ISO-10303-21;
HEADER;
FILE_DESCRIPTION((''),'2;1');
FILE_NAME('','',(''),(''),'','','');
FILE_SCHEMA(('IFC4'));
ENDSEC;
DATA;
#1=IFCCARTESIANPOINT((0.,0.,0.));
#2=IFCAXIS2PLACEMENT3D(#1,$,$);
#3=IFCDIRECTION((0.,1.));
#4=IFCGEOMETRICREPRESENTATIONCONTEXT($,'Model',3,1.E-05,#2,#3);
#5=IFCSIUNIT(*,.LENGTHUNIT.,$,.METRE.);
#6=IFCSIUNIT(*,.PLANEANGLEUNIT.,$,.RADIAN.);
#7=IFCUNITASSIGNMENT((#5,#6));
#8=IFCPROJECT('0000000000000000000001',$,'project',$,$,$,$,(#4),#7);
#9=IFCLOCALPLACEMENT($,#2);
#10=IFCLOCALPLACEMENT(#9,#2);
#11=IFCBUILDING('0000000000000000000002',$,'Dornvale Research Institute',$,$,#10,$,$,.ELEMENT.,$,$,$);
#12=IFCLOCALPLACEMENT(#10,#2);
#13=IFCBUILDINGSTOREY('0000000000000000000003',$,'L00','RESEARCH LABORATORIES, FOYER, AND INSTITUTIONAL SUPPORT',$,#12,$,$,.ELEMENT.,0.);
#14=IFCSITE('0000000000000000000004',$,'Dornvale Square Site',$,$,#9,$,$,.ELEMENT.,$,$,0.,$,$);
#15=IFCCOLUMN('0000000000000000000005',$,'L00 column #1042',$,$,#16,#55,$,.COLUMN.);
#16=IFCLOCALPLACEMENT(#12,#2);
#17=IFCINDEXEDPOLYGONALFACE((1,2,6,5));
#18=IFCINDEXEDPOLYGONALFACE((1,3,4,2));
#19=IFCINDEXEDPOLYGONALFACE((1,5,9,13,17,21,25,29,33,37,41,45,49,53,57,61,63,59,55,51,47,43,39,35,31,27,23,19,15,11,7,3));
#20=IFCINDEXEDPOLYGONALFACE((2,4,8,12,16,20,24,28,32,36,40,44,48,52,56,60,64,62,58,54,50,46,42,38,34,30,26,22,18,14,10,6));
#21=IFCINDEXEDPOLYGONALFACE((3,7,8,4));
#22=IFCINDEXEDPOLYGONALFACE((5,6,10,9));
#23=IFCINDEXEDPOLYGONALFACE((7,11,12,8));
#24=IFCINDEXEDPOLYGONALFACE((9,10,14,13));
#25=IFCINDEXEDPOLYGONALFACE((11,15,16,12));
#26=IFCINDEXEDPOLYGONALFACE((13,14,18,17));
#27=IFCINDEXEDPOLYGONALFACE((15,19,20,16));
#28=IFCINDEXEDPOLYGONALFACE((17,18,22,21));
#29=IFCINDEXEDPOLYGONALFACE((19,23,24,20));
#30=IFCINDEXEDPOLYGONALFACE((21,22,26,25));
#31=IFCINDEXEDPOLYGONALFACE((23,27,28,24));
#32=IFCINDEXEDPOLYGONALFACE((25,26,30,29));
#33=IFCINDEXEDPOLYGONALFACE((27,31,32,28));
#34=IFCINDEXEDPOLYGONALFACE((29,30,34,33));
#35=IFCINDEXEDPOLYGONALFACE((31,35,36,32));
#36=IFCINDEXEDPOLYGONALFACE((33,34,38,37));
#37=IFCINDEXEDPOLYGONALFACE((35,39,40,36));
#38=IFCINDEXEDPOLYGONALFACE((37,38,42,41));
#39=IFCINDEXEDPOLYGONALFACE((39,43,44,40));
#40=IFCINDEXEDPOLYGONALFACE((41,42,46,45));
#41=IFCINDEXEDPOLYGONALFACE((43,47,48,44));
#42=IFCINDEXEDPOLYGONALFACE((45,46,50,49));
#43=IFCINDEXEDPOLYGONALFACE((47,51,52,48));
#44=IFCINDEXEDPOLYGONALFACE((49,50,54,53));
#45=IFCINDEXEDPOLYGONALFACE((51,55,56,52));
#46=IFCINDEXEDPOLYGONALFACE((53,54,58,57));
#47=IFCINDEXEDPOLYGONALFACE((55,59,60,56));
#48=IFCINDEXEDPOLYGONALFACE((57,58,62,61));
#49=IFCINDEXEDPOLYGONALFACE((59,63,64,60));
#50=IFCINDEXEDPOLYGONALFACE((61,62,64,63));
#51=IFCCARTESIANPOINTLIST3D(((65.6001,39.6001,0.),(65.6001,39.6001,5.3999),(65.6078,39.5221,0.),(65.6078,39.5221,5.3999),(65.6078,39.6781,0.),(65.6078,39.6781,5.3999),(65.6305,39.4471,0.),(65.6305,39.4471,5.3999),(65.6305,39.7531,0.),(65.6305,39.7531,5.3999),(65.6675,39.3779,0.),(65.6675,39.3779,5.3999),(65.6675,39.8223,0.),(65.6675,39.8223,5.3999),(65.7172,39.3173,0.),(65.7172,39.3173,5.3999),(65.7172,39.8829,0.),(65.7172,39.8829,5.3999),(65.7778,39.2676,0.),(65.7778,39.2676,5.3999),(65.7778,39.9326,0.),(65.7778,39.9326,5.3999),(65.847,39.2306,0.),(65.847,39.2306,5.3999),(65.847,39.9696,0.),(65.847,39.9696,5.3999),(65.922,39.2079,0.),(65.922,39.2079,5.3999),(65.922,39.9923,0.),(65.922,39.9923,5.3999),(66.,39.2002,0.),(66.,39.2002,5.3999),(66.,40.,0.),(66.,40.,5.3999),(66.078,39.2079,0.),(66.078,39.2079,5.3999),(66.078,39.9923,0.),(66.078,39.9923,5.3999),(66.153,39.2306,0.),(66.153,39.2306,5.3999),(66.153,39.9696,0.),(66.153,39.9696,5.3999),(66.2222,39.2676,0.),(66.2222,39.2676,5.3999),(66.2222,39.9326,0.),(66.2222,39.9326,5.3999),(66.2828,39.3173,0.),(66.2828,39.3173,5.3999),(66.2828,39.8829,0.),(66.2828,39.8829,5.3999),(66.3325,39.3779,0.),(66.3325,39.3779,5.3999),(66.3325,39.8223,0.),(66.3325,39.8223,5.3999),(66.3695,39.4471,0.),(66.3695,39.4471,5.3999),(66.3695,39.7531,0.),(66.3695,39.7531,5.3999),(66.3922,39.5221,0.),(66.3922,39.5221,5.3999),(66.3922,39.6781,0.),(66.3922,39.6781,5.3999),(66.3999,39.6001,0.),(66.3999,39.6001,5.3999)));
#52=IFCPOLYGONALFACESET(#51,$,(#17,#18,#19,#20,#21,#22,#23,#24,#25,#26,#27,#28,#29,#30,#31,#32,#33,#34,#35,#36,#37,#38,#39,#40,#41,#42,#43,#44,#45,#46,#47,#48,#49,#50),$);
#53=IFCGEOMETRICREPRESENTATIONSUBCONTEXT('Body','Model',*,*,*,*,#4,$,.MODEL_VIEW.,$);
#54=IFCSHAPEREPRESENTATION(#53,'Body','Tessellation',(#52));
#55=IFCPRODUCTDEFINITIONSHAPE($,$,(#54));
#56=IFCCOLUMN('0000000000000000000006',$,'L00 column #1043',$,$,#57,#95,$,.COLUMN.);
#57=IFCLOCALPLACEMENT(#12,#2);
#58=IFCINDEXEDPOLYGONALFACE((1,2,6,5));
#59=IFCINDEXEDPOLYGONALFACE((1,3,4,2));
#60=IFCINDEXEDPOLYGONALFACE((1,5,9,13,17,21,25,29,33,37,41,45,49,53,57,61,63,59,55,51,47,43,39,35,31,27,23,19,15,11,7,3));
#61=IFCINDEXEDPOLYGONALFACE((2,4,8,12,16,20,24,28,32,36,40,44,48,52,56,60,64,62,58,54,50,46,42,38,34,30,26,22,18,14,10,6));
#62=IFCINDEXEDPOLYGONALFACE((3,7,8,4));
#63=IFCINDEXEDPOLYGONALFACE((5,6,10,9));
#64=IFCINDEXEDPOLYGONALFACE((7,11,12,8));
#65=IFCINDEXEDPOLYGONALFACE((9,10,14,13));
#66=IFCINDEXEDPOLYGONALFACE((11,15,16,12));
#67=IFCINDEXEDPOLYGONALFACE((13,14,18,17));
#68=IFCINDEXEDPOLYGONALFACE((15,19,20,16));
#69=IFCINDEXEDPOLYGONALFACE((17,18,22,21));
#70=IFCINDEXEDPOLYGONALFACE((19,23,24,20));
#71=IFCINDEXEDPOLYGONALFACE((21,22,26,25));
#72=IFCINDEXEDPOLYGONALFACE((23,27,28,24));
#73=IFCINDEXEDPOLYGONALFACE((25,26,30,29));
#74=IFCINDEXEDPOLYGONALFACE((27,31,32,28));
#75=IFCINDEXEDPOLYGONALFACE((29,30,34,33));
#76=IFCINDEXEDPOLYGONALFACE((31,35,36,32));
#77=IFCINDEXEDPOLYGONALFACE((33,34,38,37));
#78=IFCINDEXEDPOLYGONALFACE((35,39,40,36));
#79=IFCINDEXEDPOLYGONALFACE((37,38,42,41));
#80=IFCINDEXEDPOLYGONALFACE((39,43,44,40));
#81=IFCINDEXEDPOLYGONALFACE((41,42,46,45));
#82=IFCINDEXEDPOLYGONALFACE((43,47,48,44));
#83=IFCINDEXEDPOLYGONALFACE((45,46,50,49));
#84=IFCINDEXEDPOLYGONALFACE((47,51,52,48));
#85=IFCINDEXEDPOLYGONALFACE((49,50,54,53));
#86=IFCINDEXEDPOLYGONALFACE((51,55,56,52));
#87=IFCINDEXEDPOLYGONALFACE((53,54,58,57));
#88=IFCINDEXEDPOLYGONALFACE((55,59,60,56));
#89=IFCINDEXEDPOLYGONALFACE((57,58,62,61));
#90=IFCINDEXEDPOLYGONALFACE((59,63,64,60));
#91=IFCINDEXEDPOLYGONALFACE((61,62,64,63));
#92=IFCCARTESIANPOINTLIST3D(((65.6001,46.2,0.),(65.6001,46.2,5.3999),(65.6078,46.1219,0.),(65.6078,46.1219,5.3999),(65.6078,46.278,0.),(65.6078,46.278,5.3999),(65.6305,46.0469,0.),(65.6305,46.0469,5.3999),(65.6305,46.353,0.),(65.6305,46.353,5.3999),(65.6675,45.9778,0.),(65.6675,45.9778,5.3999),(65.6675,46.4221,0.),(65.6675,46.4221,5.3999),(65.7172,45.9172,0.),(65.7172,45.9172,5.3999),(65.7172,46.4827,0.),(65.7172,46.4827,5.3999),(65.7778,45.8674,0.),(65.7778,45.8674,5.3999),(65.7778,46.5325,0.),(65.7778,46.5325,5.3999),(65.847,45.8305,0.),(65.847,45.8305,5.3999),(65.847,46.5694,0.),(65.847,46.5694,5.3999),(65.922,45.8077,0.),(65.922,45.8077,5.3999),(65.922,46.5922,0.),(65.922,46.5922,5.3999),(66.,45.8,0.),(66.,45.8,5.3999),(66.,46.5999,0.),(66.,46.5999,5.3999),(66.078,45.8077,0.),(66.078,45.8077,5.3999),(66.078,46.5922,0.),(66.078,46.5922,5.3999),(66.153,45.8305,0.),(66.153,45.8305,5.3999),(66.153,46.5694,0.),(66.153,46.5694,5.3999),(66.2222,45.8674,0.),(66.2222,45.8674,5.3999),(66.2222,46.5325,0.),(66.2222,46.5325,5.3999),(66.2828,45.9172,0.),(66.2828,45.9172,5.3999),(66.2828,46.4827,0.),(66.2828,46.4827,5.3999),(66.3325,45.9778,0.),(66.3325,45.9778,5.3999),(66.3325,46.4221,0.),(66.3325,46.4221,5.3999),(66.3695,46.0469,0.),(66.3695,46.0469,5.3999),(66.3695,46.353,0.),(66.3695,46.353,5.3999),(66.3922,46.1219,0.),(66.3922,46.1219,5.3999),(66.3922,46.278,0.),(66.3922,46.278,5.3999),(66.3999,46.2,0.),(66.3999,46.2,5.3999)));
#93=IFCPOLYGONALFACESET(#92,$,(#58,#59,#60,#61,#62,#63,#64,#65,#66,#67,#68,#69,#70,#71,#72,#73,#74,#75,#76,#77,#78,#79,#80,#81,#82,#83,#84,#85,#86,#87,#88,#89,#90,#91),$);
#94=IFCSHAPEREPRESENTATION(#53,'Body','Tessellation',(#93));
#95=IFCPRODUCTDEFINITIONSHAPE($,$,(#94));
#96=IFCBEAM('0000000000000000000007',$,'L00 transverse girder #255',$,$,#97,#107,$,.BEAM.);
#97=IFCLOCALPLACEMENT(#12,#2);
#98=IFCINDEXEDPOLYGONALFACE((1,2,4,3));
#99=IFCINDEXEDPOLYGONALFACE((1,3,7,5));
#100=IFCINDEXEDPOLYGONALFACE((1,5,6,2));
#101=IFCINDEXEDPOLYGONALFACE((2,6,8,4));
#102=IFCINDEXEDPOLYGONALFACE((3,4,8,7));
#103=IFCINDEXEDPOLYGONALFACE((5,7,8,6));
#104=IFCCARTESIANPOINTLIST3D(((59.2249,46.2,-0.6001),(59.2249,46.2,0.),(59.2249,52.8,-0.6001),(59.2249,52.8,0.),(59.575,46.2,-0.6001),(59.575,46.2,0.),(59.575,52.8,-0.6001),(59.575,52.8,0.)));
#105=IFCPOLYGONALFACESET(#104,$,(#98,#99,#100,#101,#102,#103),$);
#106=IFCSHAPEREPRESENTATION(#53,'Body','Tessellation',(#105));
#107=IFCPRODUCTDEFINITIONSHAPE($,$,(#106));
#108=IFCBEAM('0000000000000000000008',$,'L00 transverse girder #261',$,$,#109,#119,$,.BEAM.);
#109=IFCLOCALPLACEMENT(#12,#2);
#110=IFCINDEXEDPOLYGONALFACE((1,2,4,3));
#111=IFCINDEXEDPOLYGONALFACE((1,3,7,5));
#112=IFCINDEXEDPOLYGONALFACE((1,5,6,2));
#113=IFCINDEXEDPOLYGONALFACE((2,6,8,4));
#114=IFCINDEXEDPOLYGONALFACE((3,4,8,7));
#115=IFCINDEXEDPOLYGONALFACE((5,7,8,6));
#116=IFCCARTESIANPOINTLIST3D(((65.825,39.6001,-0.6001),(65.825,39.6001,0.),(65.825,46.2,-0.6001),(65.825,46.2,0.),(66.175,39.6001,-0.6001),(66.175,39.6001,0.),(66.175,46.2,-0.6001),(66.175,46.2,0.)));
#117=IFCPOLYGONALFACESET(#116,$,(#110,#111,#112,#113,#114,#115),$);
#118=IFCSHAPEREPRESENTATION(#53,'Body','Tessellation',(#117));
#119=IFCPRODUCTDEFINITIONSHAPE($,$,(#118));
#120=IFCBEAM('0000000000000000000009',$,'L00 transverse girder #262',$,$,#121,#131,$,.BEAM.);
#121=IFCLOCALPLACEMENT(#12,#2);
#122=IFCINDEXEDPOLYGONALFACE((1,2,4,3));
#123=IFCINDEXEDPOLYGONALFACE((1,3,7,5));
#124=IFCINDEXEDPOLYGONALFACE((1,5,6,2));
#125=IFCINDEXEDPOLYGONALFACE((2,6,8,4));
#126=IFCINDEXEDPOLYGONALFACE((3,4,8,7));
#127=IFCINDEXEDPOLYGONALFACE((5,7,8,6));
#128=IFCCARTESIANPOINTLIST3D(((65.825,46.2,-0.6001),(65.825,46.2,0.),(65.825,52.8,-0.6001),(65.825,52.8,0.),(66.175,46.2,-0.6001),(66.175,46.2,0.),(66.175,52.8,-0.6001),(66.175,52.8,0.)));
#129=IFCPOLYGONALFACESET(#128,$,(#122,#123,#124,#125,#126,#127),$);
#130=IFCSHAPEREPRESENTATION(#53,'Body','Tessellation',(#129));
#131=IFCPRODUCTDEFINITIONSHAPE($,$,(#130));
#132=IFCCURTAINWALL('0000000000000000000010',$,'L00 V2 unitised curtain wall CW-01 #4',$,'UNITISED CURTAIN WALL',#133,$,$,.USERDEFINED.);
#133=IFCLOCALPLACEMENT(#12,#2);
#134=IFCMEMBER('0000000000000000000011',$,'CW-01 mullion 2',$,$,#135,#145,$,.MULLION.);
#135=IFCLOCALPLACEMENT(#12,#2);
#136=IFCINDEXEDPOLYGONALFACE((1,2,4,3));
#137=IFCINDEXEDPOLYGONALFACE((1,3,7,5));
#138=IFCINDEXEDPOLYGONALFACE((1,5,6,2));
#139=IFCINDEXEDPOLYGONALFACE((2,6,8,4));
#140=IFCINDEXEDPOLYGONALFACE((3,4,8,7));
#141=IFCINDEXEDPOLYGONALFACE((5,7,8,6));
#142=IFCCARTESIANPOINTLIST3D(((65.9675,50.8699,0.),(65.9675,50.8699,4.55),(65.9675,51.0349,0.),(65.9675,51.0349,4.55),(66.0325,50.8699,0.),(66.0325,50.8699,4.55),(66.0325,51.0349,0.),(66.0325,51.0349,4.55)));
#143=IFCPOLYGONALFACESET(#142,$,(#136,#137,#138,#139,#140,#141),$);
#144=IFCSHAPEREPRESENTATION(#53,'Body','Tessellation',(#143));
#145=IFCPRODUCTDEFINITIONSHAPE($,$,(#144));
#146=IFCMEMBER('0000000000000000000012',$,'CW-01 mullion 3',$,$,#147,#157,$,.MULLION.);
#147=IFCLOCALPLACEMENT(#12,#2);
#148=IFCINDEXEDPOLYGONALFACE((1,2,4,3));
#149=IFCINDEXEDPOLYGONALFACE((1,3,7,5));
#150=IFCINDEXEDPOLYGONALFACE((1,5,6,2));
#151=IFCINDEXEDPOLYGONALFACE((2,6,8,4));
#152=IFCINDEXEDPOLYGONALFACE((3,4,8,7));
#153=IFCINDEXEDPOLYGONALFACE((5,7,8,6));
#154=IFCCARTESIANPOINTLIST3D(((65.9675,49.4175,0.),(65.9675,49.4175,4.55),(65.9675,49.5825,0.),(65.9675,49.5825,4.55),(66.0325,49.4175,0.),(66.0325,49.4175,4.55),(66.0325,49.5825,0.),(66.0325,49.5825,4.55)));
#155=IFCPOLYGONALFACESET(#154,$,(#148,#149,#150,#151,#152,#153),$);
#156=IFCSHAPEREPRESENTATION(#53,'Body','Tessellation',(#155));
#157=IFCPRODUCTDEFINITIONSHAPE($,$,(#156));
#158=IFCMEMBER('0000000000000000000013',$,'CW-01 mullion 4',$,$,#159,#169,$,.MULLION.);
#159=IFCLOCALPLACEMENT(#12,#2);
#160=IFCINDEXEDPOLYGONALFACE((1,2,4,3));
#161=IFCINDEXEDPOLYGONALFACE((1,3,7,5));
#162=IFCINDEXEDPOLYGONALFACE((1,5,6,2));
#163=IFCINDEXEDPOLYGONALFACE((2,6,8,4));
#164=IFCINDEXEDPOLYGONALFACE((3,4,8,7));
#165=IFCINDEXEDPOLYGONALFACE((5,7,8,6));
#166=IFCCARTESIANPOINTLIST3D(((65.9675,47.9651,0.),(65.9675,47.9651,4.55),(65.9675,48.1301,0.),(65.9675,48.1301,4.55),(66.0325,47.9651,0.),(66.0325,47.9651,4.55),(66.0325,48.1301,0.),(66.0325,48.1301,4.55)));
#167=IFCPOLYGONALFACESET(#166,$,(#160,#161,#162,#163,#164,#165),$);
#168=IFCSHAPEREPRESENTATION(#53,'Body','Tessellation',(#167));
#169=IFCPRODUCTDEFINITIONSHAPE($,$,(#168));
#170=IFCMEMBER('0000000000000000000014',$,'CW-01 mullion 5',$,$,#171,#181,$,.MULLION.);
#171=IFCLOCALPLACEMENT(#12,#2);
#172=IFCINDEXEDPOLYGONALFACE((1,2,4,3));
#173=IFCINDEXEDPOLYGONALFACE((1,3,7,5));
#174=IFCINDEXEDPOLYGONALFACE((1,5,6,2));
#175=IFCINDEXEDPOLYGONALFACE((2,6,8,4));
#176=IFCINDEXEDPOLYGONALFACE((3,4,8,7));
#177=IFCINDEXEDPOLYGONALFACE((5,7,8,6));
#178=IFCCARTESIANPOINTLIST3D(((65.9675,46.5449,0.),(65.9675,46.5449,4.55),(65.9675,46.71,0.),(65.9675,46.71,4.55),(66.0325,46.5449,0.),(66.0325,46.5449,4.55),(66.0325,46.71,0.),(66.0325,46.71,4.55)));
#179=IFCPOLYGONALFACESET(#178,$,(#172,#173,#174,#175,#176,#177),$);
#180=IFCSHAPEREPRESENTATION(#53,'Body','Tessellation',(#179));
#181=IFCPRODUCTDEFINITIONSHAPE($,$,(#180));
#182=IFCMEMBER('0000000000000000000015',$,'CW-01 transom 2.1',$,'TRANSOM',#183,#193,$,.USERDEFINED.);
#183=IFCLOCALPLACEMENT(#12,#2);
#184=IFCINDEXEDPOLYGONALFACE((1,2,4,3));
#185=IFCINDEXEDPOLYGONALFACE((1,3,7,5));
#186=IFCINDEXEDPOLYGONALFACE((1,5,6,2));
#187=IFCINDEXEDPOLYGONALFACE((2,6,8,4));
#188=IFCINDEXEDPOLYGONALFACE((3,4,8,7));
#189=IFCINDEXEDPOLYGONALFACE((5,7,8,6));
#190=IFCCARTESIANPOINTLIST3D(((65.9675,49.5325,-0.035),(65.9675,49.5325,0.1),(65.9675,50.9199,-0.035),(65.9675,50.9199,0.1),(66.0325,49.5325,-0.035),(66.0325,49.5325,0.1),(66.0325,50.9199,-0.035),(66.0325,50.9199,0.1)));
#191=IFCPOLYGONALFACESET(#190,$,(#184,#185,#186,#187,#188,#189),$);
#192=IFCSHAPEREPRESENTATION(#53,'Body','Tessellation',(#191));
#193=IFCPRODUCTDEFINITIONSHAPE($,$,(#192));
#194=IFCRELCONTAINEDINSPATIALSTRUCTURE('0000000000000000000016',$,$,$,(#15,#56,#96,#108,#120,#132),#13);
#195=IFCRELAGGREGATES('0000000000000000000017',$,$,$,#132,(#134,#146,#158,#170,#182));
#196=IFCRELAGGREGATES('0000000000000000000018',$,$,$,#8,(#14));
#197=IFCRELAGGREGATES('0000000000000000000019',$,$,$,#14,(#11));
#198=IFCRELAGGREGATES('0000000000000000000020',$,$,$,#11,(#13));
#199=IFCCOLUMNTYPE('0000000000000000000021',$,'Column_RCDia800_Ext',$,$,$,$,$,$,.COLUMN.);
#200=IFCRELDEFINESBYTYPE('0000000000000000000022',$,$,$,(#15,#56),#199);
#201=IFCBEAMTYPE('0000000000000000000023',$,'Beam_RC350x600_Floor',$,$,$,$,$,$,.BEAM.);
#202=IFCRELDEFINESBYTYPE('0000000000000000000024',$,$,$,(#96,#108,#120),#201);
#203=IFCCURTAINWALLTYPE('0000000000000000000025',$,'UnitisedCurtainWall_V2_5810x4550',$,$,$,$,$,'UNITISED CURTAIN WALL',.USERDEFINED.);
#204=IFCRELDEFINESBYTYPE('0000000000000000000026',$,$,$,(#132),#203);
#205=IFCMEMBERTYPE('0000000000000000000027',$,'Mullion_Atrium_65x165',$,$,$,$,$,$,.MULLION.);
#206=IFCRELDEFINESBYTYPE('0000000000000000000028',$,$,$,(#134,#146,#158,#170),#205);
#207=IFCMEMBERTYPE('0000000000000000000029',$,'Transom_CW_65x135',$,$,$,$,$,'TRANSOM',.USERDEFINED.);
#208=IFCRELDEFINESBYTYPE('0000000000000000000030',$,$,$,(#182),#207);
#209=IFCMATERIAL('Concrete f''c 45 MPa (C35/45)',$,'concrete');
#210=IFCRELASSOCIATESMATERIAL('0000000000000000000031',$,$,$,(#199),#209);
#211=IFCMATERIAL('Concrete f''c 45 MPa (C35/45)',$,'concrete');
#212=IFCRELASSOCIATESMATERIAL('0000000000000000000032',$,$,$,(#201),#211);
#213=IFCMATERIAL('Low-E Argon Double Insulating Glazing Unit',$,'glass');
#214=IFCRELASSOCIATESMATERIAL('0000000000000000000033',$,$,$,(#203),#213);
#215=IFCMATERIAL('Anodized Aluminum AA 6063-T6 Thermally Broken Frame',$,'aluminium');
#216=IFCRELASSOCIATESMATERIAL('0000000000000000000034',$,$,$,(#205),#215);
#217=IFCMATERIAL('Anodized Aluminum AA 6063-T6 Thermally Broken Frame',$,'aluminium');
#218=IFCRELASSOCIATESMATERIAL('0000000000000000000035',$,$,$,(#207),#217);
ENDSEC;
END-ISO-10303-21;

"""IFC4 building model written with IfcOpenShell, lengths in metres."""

from ifc_helpers import new_model, si_unit, direction, frame, origin, origin_2d, place, context, subcontext, project, spatial, rectangle, circle, extrude, material, material_profile, profile_set, type_object, element, aggregate, save


model = new_model("IFC4")

# Units and contexts
model_context = context("Model", 3, precision=1e-05, world=origin(), true_north=direction((0.0, 1.0)))
body_context = subcontext(model_context, "Body", "Model", "MODEL_VIEW")
ifc_project = project(units=[si_unit("LENGTHUNIT", "METRE"), si_unit("PLANEANGLEUNIT", "RADIAN")], contexts=[model_context])

# Site, building, storey
site_placement = place(None, origin())
site = spatial("IfcSite", under=ifc_project, at=site_placement, Name="Dornvale Square Site", CompositionType="ELEMENT", RefElevation=0.0)
building_placement = place(site_placement, origin())
building = spatial("IfcBuilding", under=site, at=building_placement, Name="Dornvale Research Institute", CompositionType="ELEMENT")
storey_placement = place(building_placement, origin())
storey = spatial("IfcBuildingStorey", under=building, at=storey_placement, Name="L00", Description="RESEARCH LABORATORIES, FOYER, AND INSTITUTIONAL SUPPORT", CompositionType="ELEMENT", Elevation=0.0)

# Columns
ifc_material_1 = material(Name="Concrete f'c 45 MPa (C35/45)", Category="concrete")
ifc_material_profile_1 = material_profile(ifc_material_1, circle(Radius=0.3999, at=origin_2d()), Name="RC DIA 800")
ifc_profile_set_1 = profile_set([ifc_material_profile_1], Name="Concrete f'c 45 MPa (C35/45)")
column_type = type_object("IfcColumnType", Name="Column_RCDia800_Ext", PredefinedType="COLUMN", material=ifc_profile_set_1)
for number, where, z_axis, x_axis, name in (
    (1, (66.0, 39.6001, 0.0), (0.0, 0.0, 1.0), (1.0, 0.0, 0.0), "L00 column #1042"),
    (2, (66.0, 46.2, 0.0), (0.0, 0.0, 1.0), (1.0, 0.0, 0.0), "L00 column #1043"),
):
    element("IfcColumn", number, at=place(storey_placement, frame(where, z_axis=z_axis, x_axis=x_axis)), inside=storey, type_object=column_type, Name=name, PredefinedType="COLUMN", context=body_context, shape_type="SweptSolid", body=[
        extrude(circle(Radius=0.3999, at=origin_2d()), origin(), (0.0, 0.0, 1.0), 5.3999),
    ])

# Beams
ifc_material_2 = material(Name="Concrete f'c 45 MPa (C35/45)", Category="concrete")
ifc_material_profile_2 = material_profile(ifc_material_2, rectangle(XDim=0.3501, YDim=0.6001, at=origin_2d()), Name="RC 350x600")
ifc_profile_set_2 = profile_set([ifc_material_profile_2], Name="Concrete f'c 45 MPa (C35/45)")
beam_type = type_object("IfcBeamType", Name="Beam_RC350x600_Floor", PredefinedType="BEAM", material=ifc_profile_set_2)
beam_1_placement = place(storey_placement, frame((59.3999, 46.2, -0.3), z_axis=(0.0, 1.0, 0.0), x_axis=(-1.0, 0.0, 0.0)))
element("IfcBeam", 3, at=beam_1_placement, inside=storey, type_object=beam_type, Name="L00 transverse girder #255", PredefinedType="BEAM", context=body_context, shape_type="SweptSolid", body=[
    extrude(rectangle(XDim=0.3501, YDim=0.6001, at=origin_2d()), origin(), (0.0, 0.0, 1.0), 6.6001),
])
beam_2_placement = place(storey_placement, frame((66.0, 39.6001, -0.3), z_axis=(0.0, 1.0, 0.0), x_axis=(-1.0, 0.0, 0.0)))
element("IfcBeam", 4, at=beam_2_placement, inside=storey, type_object=beam_type, Name="L00 transverse girder #261", PredefinedType="BEAM", context=body_context, shape_type="SweptSolid", body=[
    extrude(rectangle(XDim=0.3501, YDim=0.6001, at=origin_2d()), origin(), (0.0, 0.0, 1.0), 6.5999),
])
beam_3_placement = place(storey_placement, frame((66.0, 46.2, -0.3), z_axis=(0.0, 1.0, 0.0), x_axis=(-1.0, 0.0, 0.0)))
element("IfcBeam", 5, at=beam_3_placement, inside=storey, type_object=beam_type, Name="L00 transverse girder #262", PredefinedType="BEAM", context=body_context, shape_type="SweptSolid", body=[
    extrude(rectangle(XDim=0.3501, YDim=0.6001, at=origin_2d()), origin(), (0.0, 0.0, 1.0), 6.6001),
])

# Curtain wall, members
ifc_material_3 = material(Name="Low-E Argon Double Insulating Glazing Unit", Category="glass")
curtain_wall_type = type_object("IfcCurtainWallType", Name="UnitisedCurtainWall_V2_5810x4550", ElementType="UNITISED CURTAIN WALL", PredefinedType="USERDEFINED", material=ifc_material_3)
curtain_wall_placement = place(storey_placement, origin())
curtain_wall = element("IfcCurtainWall", 6, at=curtain_wall_placement, inside=storey, type_object=curtain_wall_type, Name="L00 V2 unitised curtain wall CW-01 #4", ObjectType="UNITISED CURTAIN WALL", PredefinedType="USERDEFINED")
ifc_material_4 = material(Name="Anodized Aluminum AA 6063-T6 Thermally Broken Frame", Category="aluminium")
ifc_material_profile_3 = material_profile(ifc_material_4, rectangle(XDim=0.0649, YDim=0.165, at=origin_2d()), Name="ALU MULLION 65x165")
ifc_profile_set_3 = profile_set([ifc_material_profile_3], Name="Anodized Aluminum AA 6063-T6 Thermally Broken Frame")
member_type_1 = type_object("IfcMemberType", Name="Mullion_Atrium_65x165", PredefinedType="MULLION", material=ifc_profile_set_3)
member_1_placement = place(storey_placement, frame((66.0, 50.9524, 0.0), z_axis=(0.0, 0.0, 1.0), x_axis=(1.0, 0.0, 0.0)))
member_1 = element("IfcMember", 7, at=member_1_placement, type_object=member_type_1, Name="CW-01 mullion 2", PredefinedType="MULLION", context=body_context, shape_type="SweptSolid", body=[
    extrude(rectangle(XDim=0.0649, YDim=0.165, at=origin_2d()), origin(), (0.0, 0.0, 1.0), 4.55),
])
member_2_placement = place(storey_placement, frame((66.0, 49.5, 0.0), z_axis=(0.0, 0.0, 1.0), x_axis=(1.0, 0.0, 0.0)))
member_2 = element("IfcMember", 8, at=member_2_placement, type_object=member_type_1, Name="CW-01 mullion 3", PredefinedType="MULLION", context=body_context, shape_type="SweptSolid", body=[
    extrude(rectangle(XDim=0.0649, YDim=0.165, at=origin_2d()), origin(), (0.0, 0.0, 1.0), 4.55),
])
member_3_placement = place(storey_placement, frame((66.0, 48.0476, 0.0), z_axis=(0.0, 0.0, 1.0), x_axis=(1.0, 0.0, 0.0)))
member_3 = element("IfcMember", 9, at=member_3_placement, type_object=member_type_1, Name="CW-01 mullion 4", PredefinedType="MULLION", context=body_context, shape_type="SweptSolid", body=[
    extrude(rectangle(XDim=0.0649, YDim=0.165, at=origin_2d()), origin(), (0.0, 0.0, 1.0), 4.55),
])
member_4_placement = place(storey_placement, frame((66.0, 46.6274, 0.0), z_axis=(0.0, 0.0, 1.0), x_axis=(1.0, 0.0, 0.0)))
member_4 = element("IfcMember", 10, at=member_4_placement, type_object=member_type_1, Name="CW-01 mullion 5", PredefinedType="MULLION", context=body_context, shape_type="SweptSolid", body=[
    extrude(rectangle(XDim=0.0649, YDim=0.165, at=origin_2d()), origin(), (0.0, 0.0, 1.0), 4.55),
])
ifc_material_5 = material(Name="Anodized Aluminum AA 6063-T6 Thermally Broken Frame", Category="aluminium")
ifc_material_profile_4 = material_profile(ifc_material_5, rectangle(XDim=0.0649, YDim=0.135, at=origin_2d()), Name="ALU TRANSOM 65x135")
ifc_profile_set_4 = profile_set([ifc_material_profile_4], Name="Anodized Aluminum AA 6063-T6 Thermally Broken Frame")
member_type_2 = type_object("IfcMemberType", Name="Transom_CW_65x135", ElementType="TRANSOM", PredefinedType="USERDEFINED", material=ifc_profile_set_4)
member_5_placement = place(storey_placement, frame((66.0, 50.9199, 0.0325), z_axis=(0.0, -1.0, 0.0), x_axis=(1.0, 0.0, 0.0)))
member_5 = element("IfcMember", 11, at=member_5_placement, type_object=member_type_2, Name="CW-01 transom 2.1", ObjectType="TRANSOM", PredefinedType="USERDEFINED", context=body_context, shape_type="SweptSolid", body=[
    extrude(rectangle(XDim=0.0649, YDim=0.135, at=origin_2d()), origin(), (0.0, 0.0, 1.0), 1.3875),
])
aggregate(curtain_wall, [member_1, member_2, member_3, member_4, member_5])

save(model, "model.ifc")
